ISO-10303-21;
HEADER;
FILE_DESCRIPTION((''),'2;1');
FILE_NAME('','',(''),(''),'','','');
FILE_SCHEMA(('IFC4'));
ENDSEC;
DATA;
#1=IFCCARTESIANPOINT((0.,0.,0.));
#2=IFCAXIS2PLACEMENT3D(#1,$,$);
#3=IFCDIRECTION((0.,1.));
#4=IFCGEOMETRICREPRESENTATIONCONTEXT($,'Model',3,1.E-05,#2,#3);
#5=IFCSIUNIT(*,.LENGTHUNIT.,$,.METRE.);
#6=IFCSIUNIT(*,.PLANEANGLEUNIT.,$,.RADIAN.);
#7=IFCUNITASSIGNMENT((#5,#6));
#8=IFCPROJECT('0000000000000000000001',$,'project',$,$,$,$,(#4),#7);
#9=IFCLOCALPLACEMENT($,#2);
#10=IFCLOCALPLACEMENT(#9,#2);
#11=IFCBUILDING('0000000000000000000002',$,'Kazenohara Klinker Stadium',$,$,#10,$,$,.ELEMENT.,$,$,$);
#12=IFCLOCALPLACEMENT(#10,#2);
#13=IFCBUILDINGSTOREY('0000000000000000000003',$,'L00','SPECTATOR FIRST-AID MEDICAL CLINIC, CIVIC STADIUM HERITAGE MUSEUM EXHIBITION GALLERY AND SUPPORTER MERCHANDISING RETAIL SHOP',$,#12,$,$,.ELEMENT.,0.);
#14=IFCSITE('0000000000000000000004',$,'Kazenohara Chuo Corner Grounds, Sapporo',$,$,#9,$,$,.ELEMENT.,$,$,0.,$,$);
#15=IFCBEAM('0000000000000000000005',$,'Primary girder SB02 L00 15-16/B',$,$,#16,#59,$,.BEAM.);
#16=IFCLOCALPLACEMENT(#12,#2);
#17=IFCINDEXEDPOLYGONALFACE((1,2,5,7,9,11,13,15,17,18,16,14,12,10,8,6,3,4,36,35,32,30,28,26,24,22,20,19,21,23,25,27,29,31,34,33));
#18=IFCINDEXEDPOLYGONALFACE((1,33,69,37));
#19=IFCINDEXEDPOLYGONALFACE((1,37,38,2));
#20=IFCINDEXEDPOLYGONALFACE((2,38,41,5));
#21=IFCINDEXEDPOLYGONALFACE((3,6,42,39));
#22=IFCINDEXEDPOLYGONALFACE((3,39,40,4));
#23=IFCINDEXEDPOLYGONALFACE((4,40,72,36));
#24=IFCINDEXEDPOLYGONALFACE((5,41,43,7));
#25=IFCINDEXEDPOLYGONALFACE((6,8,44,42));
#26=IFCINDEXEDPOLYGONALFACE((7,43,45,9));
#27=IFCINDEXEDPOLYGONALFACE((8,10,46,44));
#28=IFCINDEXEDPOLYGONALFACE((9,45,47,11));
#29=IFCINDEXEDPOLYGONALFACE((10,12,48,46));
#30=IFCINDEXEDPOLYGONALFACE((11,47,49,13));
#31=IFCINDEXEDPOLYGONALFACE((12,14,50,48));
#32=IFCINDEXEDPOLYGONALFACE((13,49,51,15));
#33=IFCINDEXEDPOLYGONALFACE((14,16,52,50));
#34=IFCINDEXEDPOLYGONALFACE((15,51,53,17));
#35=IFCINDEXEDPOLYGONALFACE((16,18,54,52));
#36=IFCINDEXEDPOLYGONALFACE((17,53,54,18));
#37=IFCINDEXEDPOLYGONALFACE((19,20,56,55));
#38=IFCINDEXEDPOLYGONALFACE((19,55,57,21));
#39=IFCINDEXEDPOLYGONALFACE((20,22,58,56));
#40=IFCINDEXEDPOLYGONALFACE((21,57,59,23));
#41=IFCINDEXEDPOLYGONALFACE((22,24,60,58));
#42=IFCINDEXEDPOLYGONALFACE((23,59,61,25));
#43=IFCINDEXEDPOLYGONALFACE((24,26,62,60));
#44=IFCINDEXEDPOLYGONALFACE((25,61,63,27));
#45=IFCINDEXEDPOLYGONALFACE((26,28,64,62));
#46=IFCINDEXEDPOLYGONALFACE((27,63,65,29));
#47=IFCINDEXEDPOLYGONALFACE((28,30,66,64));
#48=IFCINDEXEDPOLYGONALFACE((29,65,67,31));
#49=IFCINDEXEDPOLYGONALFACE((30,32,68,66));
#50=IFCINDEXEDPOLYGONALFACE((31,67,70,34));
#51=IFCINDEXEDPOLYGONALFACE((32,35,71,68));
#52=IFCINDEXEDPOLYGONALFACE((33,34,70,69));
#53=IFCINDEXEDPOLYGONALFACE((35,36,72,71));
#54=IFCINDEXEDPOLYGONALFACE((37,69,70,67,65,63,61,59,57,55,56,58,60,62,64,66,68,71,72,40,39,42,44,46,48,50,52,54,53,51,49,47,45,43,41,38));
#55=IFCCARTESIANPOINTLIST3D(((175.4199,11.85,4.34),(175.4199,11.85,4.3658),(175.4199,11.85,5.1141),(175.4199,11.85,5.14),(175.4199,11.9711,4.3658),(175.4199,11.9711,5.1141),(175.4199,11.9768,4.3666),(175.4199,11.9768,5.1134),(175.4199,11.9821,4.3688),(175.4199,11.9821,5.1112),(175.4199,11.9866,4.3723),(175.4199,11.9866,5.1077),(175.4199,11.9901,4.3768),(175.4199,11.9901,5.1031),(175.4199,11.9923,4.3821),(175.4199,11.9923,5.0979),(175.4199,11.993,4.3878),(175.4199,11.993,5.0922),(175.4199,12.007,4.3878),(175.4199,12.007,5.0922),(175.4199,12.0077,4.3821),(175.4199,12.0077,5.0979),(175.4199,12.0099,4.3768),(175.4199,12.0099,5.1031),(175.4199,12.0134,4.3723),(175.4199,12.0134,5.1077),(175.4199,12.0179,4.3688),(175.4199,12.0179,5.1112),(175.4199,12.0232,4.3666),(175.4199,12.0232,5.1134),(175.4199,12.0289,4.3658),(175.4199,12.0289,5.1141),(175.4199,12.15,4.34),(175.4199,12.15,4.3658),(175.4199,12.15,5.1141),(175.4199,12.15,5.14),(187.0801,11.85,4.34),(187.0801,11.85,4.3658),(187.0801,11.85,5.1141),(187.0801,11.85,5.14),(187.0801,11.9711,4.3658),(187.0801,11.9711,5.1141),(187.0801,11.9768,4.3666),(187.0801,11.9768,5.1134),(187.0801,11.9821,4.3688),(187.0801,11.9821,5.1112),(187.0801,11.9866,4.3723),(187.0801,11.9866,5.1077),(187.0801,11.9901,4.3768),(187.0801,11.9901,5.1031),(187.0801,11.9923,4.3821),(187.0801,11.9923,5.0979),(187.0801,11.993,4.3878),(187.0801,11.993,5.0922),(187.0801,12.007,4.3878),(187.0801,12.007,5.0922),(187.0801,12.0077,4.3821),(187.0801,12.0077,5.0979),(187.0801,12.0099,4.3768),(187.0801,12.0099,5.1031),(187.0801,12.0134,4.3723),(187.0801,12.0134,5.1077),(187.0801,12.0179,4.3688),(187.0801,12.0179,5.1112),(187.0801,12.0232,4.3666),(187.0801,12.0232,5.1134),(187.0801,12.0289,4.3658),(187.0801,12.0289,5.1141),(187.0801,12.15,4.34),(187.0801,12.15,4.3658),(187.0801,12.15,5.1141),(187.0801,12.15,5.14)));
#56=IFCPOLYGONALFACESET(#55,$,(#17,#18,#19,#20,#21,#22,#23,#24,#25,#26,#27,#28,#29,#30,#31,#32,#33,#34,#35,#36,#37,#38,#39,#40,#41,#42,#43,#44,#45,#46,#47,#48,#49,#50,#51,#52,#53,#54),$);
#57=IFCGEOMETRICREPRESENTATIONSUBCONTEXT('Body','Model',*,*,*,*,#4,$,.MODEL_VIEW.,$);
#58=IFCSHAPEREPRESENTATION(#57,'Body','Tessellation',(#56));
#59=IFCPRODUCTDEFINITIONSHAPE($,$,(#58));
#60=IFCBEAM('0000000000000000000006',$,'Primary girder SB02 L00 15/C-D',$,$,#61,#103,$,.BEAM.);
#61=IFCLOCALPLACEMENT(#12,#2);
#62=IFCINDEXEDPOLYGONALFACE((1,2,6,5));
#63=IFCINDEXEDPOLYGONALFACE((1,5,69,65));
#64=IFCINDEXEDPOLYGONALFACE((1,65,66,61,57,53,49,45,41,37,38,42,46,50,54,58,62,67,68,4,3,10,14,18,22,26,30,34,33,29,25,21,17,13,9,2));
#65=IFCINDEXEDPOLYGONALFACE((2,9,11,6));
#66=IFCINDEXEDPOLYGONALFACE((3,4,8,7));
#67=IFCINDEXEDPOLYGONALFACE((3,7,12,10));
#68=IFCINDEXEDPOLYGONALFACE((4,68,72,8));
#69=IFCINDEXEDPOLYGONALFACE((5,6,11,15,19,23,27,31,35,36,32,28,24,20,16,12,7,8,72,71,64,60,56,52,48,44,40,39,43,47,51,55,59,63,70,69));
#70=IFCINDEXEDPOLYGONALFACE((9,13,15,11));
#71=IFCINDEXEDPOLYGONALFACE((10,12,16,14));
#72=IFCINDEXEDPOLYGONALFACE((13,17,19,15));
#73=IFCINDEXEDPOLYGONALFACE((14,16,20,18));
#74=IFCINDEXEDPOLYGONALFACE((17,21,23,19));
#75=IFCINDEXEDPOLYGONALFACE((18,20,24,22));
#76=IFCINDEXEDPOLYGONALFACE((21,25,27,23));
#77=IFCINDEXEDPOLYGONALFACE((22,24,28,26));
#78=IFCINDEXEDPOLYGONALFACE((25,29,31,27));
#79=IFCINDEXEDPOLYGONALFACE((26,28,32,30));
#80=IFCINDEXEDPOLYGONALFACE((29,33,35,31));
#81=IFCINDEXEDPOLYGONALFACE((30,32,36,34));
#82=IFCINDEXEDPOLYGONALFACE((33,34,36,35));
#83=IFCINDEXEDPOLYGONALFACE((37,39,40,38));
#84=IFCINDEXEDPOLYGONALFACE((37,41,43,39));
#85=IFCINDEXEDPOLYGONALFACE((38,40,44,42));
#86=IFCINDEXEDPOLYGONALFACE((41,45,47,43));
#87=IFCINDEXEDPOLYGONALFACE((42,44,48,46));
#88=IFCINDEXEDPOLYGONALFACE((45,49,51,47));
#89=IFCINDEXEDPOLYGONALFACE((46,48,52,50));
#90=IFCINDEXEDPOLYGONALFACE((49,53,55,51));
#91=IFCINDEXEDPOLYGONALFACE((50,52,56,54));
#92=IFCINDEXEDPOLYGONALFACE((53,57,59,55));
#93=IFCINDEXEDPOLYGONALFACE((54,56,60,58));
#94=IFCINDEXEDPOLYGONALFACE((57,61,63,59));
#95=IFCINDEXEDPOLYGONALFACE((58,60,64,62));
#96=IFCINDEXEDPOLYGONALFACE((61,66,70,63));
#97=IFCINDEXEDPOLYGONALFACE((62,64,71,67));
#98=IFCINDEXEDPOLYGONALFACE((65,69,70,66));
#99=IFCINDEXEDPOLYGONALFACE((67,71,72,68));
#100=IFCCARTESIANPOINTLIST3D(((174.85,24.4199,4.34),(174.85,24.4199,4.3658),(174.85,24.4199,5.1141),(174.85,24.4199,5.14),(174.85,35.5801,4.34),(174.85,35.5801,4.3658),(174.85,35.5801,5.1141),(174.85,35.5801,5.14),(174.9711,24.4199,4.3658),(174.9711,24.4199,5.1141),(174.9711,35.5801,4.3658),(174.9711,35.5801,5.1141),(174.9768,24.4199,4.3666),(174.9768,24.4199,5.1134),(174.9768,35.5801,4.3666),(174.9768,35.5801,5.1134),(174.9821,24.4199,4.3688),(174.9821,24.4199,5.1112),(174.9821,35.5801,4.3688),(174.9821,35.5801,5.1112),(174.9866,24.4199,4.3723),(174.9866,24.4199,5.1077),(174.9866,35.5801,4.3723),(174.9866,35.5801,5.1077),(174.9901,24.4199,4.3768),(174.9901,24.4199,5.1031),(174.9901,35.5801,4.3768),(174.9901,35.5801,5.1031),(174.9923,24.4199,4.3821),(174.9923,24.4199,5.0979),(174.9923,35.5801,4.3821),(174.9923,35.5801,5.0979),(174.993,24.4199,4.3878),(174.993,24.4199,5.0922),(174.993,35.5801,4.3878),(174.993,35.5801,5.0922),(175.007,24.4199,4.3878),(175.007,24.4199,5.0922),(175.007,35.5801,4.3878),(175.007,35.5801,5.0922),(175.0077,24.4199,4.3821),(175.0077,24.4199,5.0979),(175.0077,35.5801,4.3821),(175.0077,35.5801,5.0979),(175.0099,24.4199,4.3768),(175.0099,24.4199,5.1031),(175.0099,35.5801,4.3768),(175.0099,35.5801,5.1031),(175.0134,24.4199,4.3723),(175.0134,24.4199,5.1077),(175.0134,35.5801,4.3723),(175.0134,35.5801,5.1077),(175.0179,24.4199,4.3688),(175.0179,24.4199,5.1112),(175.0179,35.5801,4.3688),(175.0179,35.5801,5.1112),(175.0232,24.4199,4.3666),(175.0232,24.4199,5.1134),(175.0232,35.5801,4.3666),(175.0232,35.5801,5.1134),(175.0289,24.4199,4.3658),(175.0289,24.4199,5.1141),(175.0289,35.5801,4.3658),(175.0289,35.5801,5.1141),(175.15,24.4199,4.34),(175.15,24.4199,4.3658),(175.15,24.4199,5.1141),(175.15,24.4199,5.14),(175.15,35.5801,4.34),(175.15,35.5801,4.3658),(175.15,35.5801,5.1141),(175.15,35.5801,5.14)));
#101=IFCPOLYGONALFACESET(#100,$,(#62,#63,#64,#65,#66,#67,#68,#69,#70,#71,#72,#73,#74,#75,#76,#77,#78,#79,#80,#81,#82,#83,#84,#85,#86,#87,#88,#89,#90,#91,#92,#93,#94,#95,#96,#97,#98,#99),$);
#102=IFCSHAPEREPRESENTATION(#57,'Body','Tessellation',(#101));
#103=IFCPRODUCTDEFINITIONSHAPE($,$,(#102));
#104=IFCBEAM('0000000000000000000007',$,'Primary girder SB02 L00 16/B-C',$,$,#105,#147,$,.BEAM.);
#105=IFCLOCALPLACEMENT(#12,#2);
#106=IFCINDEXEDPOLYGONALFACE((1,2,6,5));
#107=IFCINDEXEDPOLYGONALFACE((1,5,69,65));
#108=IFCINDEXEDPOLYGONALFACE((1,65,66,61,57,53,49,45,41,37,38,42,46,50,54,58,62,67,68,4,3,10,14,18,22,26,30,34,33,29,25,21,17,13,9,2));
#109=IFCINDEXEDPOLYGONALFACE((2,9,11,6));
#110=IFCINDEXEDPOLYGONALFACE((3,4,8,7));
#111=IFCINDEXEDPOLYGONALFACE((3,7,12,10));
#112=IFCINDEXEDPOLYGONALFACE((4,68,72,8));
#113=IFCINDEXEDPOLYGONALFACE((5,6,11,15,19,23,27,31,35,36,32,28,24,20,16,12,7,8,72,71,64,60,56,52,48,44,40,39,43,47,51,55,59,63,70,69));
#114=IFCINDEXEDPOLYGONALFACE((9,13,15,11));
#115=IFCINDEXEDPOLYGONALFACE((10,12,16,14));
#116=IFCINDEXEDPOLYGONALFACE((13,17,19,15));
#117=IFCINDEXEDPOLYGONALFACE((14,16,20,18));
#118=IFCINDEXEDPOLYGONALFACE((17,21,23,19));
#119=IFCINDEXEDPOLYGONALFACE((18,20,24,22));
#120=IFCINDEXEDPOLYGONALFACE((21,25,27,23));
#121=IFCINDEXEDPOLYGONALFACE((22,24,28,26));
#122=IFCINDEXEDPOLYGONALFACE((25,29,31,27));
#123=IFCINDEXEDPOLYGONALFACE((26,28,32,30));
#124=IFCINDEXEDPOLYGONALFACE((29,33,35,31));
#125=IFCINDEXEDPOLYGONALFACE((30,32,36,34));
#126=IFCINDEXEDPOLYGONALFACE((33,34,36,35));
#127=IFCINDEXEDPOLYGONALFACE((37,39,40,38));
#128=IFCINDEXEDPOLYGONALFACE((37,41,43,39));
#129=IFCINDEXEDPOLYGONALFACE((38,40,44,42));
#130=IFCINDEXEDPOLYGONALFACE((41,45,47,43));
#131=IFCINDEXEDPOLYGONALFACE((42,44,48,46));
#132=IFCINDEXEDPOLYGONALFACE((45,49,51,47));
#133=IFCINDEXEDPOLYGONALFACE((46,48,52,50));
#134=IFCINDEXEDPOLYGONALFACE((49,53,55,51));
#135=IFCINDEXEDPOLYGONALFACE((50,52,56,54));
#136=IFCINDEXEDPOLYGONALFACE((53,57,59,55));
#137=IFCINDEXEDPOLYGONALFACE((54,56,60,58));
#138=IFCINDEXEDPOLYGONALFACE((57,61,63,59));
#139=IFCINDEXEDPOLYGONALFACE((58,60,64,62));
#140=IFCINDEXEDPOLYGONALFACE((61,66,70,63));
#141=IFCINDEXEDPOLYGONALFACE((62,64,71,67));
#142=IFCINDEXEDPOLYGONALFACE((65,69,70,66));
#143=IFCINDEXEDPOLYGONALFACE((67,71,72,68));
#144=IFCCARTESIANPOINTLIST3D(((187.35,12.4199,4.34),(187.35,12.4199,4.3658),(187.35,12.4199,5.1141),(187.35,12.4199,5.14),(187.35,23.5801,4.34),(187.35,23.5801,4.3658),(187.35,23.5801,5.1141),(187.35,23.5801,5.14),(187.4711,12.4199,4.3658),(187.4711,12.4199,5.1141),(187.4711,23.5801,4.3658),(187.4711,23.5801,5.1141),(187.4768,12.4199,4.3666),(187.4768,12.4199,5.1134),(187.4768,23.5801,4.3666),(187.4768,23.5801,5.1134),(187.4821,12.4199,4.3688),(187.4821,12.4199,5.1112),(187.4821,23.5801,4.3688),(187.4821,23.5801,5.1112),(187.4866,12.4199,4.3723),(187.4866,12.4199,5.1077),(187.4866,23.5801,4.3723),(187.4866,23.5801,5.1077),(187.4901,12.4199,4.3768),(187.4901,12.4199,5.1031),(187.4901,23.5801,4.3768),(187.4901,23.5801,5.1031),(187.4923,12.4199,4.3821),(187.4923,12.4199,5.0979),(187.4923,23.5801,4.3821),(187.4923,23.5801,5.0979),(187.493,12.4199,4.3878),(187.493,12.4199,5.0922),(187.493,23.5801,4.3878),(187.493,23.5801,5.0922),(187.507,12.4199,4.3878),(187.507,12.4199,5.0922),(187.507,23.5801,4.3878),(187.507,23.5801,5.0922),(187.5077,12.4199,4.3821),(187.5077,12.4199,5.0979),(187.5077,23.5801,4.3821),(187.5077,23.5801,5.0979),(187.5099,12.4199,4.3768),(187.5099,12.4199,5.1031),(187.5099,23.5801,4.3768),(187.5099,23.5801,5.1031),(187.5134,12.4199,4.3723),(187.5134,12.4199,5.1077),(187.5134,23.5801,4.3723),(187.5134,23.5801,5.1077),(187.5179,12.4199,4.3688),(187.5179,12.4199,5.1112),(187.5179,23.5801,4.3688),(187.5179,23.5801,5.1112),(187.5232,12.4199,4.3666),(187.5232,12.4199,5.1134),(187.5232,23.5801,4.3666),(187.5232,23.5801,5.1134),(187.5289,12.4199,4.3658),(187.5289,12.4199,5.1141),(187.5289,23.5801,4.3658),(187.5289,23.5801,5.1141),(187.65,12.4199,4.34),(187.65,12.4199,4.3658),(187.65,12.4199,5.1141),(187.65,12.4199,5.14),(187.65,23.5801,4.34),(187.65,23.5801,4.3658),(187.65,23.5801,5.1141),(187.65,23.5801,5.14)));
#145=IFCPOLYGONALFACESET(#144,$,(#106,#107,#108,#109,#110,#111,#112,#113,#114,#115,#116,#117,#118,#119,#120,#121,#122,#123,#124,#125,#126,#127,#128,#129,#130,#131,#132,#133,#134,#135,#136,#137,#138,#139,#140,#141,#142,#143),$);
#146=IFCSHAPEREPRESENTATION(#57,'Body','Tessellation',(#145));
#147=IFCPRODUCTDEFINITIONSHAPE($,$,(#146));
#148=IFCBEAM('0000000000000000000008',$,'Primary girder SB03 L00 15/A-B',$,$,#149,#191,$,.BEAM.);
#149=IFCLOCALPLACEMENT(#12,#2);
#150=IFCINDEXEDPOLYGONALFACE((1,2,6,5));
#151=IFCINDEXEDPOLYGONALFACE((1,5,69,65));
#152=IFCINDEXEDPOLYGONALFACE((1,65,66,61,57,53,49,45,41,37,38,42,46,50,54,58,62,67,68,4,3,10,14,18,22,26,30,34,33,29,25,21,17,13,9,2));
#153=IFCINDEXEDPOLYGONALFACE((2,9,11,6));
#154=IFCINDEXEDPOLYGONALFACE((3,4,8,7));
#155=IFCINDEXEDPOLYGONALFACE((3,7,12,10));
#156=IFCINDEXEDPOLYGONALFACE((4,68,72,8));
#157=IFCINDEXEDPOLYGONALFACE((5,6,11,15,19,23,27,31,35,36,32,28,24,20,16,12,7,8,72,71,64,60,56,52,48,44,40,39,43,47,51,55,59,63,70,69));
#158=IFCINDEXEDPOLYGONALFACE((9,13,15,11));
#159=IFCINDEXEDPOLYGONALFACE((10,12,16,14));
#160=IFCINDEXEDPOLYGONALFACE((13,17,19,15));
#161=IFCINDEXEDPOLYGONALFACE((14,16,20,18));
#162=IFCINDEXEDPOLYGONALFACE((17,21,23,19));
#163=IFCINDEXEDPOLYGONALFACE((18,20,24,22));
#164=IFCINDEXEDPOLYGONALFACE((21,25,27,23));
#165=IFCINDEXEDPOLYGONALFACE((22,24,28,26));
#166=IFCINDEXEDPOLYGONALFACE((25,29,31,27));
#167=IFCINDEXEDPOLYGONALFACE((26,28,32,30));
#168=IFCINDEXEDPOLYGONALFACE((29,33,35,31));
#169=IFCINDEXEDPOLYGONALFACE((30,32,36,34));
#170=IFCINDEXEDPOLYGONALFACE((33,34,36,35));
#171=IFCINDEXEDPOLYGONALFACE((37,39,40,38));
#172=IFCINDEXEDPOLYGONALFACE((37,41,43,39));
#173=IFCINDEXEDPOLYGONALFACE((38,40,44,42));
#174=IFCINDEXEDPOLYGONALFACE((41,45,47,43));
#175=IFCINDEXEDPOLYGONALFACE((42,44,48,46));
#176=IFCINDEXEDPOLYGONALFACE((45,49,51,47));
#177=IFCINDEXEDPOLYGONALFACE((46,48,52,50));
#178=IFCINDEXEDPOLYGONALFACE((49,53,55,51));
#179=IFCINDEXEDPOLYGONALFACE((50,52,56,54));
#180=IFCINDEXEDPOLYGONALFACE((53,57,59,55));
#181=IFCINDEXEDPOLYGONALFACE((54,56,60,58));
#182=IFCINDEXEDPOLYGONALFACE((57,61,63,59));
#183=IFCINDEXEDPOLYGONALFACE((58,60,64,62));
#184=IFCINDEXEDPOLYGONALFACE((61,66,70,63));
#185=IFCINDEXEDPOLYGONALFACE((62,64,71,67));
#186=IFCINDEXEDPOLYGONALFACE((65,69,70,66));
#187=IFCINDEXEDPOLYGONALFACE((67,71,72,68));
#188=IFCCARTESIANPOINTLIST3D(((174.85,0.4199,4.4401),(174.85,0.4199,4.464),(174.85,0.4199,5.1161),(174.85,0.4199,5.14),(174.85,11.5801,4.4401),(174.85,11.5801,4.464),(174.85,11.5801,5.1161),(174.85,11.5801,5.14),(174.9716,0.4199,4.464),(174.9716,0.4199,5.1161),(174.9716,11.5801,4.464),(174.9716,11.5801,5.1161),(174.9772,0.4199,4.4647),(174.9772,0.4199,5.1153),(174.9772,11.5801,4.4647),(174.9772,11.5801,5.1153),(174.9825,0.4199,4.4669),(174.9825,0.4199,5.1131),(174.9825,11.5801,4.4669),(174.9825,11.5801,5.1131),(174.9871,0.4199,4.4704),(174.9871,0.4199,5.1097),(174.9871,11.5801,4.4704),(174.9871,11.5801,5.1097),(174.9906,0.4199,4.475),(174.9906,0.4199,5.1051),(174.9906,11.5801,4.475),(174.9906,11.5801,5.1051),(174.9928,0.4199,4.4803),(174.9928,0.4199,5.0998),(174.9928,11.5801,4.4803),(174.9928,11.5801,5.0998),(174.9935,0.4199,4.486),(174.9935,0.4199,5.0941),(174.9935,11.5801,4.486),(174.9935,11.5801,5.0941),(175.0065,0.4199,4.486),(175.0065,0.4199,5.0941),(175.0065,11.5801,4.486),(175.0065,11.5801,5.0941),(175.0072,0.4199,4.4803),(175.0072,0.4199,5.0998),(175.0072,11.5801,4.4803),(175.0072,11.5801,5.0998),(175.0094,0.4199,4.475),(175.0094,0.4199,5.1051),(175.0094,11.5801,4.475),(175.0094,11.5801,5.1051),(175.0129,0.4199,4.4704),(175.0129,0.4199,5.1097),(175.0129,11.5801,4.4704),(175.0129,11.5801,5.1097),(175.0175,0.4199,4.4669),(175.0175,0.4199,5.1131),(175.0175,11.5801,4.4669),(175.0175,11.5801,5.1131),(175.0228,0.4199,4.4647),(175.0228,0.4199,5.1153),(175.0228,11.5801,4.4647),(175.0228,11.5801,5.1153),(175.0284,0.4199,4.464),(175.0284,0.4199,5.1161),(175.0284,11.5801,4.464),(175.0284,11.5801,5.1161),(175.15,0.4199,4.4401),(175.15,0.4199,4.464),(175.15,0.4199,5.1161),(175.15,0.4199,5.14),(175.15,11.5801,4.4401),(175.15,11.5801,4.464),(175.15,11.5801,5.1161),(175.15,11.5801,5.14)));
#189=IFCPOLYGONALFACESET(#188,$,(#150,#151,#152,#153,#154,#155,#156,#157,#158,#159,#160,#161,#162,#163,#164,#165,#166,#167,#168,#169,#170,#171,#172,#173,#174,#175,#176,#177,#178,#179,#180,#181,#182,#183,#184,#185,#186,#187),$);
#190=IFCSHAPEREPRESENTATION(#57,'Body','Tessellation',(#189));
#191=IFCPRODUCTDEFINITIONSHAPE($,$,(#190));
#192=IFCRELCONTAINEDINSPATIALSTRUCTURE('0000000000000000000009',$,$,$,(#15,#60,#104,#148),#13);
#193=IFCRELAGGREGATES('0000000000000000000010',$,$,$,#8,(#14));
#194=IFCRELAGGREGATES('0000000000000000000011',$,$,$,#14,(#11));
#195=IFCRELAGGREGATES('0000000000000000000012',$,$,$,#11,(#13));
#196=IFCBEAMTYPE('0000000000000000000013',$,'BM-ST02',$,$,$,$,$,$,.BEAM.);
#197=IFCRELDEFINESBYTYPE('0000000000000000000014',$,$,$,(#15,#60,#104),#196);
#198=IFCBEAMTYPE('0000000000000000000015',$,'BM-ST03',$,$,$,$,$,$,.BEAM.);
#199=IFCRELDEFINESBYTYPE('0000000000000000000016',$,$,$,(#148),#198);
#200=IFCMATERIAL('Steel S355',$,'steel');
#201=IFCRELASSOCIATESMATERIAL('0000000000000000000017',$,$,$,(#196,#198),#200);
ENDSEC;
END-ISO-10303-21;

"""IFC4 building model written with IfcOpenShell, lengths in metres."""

from ifc_helpers import new_model, si_unit, direction, frame, origin, origin_2d, place, context, subcontext, project, spatial, i_section, extrude, material, material_profile, profile_set, type_object, element, save


model = new_model("IFC4")

# Units and contexts
model_context = context("Model", 3, precision=1e-05, world=origin(), true_north=direction((0.0, 1.0)))
body_context = subcontext(model_context, "Body", "Model", "MODEL_VIEW")
ifc_project = project(units=[si_unit("LENGTHUNIT", "METRE"), si_unit("PLANEANGLEUNIT", "RADIAN")], contexts=[model_context])

# Site, building, storey
site_placement = place(None, origin())
site = spatial("IfcSite", under=ifc_project, at=site_placement, Name="Kazenohara Chuo Corner Grounds, Sapporo", CompositionType="ELEMENT", RefElevation=0.0)
building_placement = place(site_placement, origin())
building = spatial("IfcBuilding", under=site, at=building_placement, Name="Kazenohara Klinker Stadium", CompositionType="ELEMENT")
storey_placement = place(building_placement, origin())
storey = spatial("IfcBuildingStorey", under=building, at=storey_placement, Name="L00", Description="SPECTATOR FIRST-AID MEDICAL CLINIC, CIVIC STADIUM HERITAGE MUSEUM EXHIBITION GALLERY AND SUPPORTER MERCHANDISING RETAIL SHOP", CompositionType="ELEMENT", Elevation=0.0)

# Beams
ifc_material_1 = material(Name="Steel S355", Category="steel")
ifc_material_profile_1 = material_profile(ifc_material_1, i_section(OverallWidth=0.3, OverallDepth=0.8, WebThickness=0.0139, FlangeThickness=0.0259, FilletRadius=0.022, at=origin_2d()), Name="H-800x300x14x26")
ifc_profile_set_1 = profile_set([ifc_material_profile_1], Name="Steel S355")
beam_type_1 = type_object("IfcBeamType", Name="BM-ST02", PredefinedType="BEAM", material=ifc_profile_set_1)
beam_1_placement = place(storey_placement, frame((175.4199, 12.0, 4.74), z_axis=(1.0, 0.0, 0.0), x_axis=(0.0, 1.0, 0.0)))
element("IfcBeam", 1, at=beam_1_placement, inside=storey, type_object=beam_type_1, Name="Primary girder SB02 L00 15-16/B", PredefinedType="BEAM", context=body_context, shape_type="SweptSolid", body=[
    extrude(i_section(OverallWidth=0.3, OverallDepth=0.8, WebThickness=0.0139, FlangeThickness=0.0259, FilletRadius=0.022, at=origin_2d()), origin(), (0.0, 0.0, 1.0), 11.6602),
])
for number, where, z_axis, x_axis, name in (
    (2, (175.0, 24.4199, 4.74), (0.0, 1.0, 0.0), (-1.0, 0.0, 0.0), "Primary girder SB02 L00 15/C-D"),
    (3, (187.5, 12.4199, 4.74), (0.0, 1.0, 0.0), (-1.0, 0.0, 0.0), "Primary girder SB02 L00 16/B-C"),
):
    element("IfcBeam", number, at=place(storey_placement, frame(where, z_axis=z_axis, x_axis=x_axis)), inside=storey, type_object=beam_type_1, Name=name, PredefinedType="BEAM", context=body_context, shape_type="SweptSolid", body=[
        extrude(i_section(OverallWidth=0.3, OverallDepth=0.8, WebThickness=0.0139, FlangeThickness=0.0259, FilletRadius=0.022, at=origin_2d()), origin(), (0.0, 0.0, 1.0), 11.1602),
    ])
ifc_material_profile_2 = material_profile(ifc_material_1, i_section(OverallWidth=0.3, OverallDepth=0.7, WebThickness=0.0129, FlangeThickness=0.0239, FilletRadius=0.022, at=origin_2d()), Name="H-700x300x13x24")
ifc_profile_set_2 = profile_set([ifc_material_profile_2], Name="Steel S355")
beam_type_2 = type_object("IfcBeamType", Name="BM-ST03", PredefinedType="BEAM", material=ifc_profile_set_2)
for number, where, z_axis, x_axis, name in (
    (4, (175.0, 0.4199, 4.79), (0.0, 1.0, 0.0), (-1.0, 0.0, 0.0), "Primary girder SB03 L00 15/A-B"),
):
    element("IfcBeam", number, at=place(storey_placement, frame(where, z_axis=z_axis, x_axis=x_axis)), inside=storey, type_object=beam_type_2, Name=name, PredefinedType="BEAM", context=body_context, shape_type="SweptSolid", body=[
        extrude(i_section(OverallWidth=0.3, OverallDepth=0.7, WebThickness=0.0129, FlangeThickness=0.0239, FilletRadius=0.022, at=origin_2d()), origin(), (0.0, 0.0, 1.0), 11.1602),
    ])

save(model, "model.ifc")
